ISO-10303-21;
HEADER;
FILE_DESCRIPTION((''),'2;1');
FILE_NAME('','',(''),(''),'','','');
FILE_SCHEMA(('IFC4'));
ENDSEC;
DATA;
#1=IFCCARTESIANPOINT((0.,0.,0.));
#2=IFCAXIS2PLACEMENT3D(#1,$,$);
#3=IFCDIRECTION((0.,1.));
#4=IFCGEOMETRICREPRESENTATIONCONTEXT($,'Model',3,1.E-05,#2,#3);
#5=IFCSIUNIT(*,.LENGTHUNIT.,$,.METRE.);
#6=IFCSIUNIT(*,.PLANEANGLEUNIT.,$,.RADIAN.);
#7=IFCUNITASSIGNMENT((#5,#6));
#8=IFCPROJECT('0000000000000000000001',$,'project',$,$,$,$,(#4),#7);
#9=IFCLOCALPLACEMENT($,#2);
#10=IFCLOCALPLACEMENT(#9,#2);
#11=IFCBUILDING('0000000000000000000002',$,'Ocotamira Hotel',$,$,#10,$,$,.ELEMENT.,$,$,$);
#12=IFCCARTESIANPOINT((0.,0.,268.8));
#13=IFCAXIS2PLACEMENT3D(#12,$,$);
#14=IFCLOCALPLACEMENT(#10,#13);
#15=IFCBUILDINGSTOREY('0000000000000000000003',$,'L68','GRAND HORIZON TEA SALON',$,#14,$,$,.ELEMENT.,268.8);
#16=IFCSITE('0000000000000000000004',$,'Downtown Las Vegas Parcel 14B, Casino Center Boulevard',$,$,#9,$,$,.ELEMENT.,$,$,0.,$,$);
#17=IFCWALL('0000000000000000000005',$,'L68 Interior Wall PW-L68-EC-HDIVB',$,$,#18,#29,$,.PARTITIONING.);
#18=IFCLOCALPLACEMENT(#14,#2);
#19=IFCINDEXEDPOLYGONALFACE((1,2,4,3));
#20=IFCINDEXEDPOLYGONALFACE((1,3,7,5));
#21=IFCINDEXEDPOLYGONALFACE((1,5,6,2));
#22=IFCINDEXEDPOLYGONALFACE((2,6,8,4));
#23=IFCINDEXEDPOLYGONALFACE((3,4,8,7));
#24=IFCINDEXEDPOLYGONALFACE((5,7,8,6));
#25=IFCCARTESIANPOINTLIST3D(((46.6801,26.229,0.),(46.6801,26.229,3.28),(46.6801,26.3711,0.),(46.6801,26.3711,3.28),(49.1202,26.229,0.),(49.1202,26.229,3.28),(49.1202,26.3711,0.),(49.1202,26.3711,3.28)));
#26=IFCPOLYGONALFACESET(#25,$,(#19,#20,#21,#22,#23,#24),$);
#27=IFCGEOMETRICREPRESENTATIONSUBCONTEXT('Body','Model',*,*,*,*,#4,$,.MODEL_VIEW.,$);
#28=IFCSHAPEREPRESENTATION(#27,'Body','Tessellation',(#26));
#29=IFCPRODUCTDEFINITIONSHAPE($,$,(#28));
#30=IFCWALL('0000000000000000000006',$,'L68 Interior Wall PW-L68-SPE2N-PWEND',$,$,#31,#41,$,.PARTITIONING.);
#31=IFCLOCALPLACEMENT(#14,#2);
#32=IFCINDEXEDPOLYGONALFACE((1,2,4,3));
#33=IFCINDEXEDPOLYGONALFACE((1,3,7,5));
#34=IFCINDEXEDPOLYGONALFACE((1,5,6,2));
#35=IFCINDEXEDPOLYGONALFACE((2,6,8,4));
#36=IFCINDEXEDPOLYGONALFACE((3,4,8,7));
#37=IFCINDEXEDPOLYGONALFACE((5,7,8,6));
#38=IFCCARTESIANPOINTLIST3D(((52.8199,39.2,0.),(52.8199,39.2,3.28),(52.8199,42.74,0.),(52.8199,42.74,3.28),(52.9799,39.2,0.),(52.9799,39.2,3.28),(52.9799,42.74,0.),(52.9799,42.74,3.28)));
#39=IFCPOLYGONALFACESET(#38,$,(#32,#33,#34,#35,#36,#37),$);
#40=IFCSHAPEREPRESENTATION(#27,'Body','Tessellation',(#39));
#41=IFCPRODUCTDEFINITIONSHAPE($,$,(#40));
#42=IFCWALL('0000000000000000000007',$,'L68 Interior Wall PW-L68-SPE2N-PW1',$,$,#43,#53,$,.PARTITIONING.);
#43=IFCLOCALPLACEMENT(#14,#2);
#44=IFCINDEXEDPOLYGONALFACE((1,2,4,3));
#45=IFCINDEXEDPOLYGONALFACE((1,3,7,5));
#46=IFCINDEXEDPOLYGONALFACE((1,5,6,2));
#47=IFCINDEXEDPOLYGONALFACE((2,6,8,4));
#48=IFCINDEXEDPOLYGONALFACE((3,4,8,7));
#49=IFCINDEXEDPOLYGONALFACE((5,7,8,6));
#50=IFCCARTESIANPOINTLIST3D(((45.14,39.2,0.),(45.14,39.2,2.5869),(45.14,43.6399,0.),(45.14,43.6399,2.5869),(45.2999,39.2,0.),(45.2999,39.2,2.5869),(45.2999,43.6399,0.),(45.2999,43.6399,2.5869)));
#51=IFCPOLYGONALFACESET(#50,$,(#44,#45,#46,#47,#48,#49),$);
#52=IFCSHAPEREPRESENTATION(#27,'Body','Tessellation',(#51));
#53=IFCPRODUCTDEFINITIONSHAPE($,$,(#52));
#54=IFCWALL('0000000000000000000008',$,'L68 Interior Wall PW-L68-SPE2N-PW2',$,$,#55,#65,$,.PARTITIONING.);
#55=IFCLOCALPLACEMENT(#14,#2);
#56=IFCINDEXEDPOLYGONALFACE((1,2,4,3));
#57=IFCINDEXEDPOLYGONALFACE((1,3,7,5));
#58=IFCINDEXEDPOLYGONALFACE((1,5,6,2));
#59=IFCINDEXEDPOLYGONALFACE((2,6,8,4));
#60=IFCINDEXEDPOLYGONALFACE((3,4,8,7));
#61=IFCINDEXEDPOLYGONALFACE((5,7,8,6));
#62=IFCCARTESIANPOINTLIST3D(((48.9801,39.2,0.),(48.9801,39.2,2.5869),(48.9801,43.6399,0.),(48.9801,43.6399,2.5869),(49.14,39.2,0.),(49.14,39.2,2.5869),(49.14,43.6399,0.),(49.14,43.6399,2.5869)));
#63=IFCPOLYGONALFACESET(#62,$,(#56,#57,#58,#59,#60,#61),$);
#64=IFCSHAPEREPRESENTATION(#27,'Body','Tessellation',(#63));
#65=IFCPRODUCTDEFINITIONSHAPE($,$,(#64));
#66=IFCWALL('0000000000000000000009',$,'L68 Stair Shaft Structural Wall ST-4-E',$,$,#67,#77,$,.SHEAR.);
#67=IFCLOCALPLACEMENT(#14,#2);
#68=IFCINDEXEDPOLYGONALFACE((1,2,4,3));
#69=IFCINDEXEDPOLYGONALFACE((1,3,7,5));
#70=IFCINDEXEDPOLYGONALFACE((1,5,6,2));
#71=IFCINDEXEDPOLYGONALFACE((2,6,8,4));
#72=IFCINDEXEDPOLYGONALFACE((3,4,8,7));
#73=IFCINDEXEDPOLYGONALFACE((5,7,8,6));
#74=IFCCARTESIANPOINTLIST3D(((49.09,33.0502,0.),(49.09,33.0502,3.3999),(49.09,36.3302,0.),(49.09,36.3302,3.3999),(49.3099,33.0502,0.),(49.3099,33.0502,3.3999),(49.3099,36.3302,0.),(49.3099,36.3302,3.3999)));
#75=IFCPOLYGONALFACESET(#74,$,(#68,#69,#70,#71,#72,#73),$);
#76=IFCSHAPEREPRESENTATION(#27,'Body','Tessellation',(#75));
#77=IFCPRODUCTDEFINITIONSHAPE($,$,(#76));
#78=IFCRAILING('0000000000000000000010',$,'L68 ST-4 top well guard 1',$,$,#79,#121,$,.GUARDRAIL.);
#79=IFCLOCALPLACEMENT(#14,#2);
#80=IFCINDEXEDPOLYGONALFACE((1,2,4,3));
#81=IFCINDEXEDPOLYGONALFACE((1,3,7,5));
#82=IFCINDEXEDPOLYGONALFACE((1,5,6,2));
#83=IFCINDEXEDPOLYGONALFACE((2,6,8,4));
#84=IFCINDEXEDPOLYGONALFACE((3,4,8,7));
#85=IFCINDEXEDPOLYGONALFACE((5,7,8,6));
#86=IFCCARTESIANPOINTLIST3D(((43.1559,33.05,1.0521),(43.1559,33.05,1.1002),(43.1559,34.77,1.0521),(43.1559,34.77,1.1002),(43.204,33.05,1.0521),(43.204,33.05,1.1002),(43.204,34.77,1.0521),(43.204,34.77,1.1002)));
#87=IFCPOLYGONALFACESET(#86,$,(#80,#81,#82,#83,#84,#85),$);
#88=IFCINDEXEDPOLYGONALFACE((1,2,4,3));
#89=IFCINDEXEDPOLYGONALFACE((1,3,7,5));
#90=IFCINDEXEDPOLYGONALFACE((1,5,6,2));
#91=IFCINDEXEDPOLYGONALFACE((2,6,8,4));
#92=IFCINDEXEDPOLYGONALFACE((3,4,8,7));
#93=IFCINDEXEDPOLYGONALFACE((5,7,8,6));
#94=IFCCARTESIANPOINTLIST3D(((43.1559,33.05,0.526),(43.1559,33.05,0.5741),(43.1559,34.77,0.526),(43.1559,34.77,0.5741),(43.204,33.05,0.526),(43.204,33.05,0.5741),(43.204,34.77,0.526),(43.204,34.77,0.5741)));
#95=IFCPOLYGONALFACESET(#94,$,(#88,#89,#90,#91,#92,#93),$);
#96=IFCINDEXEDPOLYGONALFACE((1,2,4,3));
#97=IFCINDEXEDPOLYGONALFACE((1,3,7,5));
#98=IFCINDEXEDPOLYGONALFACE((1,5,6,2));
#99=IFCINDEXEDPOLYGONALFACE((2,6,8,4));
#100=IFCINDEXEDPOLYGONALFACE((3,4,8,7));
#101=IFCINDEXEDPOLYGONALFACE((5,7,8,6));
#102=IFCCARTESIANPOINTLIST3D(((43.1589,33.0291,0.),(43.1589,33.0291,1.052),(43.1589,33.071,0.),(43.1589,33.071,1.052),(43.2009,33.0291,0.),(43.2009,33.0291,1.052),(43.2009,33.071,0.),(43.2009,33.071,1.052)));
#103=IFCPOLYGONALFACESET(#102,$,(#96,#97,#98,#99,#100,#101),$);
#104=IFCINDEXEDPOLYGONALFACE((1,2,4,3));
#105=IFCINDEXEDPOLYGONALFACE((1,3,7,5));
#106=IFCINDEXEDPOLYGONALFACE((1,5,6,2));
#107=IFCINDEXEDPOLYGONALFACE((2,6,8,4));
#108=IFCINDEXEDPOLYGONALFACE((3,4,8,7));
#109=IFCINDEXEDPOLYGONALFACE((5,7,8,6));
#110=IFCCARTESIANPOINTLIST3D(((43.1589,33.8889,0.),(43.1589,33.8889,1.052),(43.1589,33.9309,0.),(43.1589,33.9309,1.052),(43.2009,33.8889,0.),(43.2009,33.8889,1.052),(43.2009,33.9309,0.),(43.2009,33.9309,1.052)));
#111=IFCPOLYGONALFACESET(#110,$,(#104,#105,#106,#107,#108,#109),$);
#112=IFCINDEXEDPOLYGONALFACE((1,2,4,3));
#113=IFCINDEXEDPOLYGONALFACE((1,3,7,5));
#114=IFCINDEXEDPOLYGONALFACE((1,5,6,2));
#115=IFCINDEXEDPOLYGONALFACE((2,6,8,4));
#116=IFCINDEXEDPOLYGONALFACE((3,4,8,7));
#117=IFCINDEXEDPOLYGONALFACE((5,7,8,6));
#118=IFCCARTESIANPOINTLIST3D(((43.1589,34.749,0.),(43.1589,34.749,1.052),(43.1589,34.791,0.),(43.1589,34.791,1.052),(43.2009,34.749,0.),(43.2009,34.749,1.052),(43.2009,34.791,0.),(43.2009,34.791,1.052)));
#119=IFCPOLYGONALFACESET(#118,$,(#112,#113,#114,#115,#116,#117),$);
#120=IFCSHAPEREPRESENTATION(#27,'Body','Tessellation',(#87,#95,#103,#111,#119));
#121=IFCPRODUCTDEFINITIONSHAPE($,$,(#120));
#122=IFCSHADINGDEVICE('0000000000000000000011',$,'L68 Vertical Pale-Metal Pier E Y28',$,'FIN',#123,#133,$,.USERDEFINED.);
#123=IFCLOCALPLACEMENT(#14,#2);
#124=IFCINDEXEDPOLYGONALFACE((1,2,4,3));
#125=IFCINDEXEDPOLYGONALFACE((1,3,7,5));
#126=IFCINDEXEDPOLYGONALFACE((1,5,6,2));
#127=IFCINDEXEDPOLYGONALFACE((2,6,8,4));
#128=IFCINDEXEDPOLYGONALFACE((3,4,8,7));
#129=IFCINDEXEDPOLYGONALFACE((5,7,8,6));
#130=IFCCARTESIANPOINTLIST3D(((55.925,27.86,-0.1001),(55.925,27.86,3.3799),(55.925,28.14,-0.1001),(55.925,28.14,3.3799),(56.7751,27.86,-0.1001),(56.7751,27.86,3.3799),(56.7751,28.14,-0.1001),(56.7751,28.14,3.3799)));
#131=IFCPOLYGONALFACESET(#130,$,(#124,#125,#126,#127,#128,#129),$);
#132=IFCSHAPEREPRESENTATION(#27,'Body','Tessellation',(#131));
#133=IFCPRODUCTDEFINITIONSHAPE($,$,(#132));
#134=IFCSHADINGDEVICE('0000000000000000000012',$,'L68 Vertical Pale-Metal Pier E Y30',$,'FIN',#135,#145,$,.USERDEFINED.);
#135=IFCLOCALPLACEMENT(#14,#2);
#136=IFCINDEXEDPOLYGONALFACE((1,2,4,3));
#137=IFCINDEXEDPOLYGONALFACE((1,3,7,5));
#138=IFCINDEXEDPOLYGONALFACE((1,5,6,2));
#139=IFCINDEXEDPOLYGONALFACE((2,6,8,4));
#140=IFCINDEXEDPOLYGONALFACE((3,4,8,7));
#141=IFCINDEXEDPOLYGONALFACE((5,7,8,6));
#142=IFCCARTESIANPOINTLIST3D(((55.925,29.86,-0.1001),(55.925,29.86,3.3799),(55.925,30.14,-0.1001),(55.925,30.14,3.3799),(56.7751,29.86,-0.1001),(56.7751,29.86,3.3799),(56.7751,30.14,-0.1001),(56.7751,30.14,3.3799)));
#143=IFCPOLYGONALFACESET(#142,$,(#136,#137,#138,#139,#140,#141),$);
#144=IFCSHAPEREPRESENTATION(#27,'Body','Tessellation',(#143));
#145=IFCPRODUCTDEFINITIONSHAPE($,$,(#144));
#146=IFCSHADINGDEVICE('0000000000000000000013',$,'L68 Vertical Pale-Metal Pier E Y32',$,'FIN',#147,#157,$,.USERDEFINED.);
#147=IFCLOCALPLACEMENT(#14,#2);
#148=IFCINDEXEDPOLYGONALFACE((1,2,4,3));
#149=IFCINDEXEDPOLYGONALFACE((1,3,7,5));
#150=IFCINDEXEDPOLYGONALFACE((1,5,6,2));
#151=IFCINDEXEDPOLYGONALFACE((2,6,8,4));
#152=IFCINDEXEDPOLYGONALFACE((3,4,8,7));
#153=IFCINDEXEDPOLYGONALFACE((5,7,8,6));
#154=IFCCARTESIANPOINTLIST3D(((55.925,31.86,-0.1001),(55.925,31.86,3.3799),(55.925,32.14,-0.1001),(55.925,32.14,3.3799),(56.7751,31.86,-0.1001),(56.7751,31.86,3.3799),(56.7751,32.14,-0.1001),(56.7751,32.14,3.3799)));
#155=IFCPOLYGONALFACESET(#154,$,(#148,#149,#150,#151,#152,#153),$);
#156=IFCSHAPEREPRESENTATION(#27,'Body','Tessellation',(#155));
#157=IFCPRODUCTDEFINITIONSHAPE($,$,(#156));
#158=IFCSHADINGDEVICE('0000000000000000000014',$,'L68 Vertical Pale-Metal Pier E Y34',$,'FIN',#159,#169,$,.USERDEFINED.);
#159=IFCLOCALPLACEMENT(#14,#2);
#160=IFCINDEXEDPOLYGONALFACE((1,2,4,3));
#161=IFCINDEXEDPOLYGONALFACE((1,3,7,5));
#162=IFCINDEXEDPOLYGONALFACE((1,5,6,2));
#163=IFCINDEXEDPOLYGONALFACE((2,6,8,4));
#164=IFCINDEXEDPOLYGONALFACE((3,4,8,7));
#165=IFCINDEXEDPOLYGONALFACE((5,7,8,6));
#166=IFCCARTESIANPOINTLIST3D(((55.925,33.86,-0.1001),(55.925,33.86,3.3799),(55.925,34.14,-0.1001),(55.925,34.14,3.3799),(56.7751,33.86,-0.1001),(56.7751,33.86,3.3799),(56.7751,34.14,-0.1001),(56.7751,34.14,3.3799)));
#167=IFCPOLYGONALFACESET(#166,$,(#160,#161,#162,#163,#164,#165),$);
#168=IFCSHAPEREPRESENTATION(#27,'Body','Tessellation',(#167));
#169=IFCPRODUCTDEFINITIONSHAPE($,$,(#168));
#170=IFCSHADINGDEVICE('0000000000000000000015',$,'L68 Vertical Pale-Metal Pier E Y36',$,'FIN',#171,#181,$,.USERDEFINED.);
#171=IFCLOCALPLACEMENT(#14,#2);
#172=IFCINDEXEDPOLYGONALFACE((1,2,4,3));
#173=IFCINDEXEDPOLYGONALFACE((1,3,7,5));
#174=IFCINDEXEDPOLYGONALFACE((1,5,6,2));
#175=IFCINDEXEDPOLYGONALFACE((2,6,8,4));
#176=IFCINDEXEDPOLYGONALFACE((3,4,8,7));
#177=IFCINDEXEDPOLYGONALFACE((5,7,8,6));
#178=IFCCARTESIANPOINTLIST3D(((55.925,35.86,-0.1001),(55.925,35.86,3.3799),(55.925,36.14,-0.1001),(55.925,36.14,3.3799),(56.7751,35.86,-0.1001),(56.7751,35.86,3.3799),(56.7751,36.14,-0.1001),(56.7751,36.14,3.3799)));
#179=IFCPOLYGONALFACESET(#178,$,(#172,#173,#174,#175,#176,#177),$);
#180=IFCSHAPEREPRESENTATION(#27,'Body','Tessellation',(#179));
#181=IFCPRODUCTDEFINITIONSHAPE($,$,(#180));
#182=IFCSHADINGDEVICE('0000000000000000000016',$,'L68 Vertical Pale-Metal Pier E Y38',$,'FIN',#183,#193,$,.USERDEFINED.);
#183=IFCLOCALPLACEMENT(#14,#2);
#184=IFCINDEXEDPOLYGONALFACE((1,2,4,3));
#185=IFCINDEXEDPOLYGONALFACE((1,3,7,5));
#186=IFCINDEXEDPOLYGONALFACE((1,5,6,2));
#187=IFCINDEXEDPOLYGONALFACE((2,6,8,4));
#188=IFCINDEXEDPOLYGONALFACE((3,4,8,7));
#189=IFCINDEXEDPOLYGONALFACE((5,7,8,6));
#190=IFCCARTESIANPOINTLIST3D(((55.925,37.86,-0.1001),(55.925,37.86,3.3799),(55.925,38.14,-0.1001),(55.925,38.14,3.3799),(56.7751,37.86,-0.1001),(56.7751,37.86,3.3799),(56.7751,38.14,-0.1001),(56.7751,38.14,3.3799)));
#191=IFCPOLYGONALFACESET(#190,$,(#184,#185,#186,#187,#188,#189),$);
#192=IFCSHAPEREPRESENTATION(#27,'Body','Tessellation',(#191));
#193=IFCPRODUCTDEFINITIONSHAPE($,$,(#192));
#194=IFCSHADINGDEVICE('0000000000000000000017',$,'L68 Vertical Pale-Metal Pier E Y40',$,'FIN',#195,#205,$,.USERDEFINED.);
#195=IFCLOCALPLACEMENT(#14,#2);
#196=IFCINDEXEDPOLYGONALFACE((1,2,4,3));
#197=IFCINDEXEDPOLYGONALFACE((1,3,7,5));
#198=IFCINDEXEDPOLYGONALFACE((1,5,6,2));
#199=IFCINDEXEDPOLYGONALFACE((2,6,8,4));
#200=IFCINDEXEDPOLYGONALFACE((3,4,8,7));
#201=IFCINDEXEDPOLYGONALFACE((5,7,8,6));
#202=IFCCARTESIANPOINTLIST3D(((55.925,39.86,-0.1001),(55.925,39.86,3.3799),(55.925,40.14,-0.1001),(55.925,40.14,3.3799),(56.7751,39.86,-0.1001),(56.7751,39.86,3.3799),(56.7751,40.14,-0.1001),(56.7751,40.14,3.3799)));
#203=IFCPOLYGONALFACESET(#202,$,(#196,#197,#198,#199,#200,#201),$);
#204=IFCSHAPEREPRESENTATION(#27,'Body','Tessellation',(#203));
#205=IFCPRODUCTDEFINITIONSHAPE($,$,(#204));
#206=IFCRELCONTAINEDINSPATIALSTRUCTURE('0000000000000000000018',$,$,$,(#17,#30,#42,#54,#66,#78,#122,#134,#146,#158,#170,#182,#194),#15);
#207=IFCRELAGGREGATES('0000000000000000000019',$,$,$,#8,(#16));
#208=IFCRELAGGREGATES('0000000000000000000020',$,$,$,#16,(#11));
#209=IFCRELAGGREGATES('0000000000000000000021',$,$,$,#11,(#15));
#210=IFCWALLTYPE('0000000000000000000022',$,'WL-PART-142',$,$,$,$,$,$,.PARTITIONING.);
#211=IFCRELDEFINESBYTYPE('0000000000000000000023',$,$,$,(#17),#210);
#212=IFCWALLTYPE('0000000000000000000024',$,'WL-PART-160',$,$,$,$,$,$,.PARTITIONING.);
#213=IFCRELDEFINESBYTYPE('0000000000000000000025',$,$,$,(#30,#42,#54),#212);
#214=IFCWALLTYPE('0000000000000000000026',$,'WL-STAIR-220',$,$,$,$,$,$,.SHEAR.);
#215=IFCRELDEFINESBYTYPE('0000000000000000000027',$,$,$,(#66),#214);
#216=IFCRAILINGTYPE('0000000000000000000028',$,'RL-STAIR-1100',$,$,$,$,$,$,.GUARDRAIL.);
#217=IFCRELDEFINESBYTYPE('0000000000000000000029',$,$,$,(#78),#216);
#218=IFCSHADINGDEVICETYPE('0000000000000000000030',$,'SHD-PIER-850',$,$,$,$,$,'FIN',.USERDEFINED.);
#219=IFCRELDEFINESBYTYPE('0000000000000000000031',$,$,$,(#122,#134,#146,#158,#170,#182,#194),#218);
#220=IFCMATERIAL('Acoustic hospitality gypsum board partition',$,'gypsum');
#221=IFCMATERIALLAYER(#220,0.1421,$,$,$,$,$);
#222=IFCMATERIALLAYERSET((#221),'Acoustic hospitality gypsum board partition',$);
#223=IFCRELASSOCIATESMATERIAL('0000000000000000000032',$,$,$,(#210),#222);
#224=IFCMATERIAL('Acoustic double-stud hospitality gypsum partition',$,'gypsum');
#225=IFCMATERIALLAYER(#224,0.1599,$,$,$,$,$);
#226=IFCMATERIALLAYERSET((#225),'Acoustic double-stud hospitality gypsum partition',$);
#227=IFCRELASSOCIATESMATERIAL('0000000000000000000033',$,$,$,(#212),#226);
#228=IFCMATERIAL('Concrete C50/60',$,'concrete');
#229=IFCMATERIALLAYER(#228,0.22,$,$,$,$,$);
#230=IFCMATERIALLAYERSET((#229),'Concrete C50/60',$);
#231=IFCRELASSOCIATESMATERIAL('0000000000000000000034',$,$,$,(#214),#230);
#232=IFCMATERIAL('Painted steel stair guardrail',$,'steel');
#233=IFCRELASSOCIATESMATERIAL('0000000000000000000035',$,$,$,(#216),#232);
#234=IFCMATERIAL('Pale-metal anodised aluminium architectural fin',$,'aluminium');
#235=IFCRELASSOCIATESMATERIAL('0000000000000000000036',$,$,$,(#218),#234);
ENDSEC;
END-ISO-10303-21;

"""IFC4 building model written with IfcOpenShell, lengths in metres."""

from ifc_helpers import new_model, si_unit, direction, frame, frame_2d, origin, origin_2d, place, context, subcontext, project, spatial, rectangle, extrude, source, transform, mapped, material, layer, layer_set, type_object, element, save


model = new_model("IFC4")

# Units and contexts
model_context = context("Model", 3, precision=1e-05, world=origin(), true_north=direction((0.0, 1.0)))
body_context = subcontext(model_context, "Body", "Model", "MODEL_VIEW")
ifc_project = project(units=[si_unit("LENGTHUNIT", "METRE"), si_unit("PLANEANGLEUNIT", "RADIAN")], contexts=[model_context])

# Site, building, storey
site_placement = place(None, origin())
site = spatial("IfcSite", under=ifc_project, at=site_placement, Name="Downtown Las Vegas Parcel 14B, Casino Center Boulevard", CompositionType="ELEMENT", RefElevation=0.0)
building_placement = place(site_placement, origin())
building = spatial("IfcBuilding", under=site, at=building_placement, Name="Ocotamira Hotel", CompositionType="ELEMENT")
storey_placement = place(building_placement, frame((0.0, 0.0, 268.8)))
storey = spatial("IfcBuildingStorey", under=building, at=storey_placement, Name="L68", Description="GRAND HORIZON TEA SALON", CompositionType="ELEMENT", Elevation=268.8)

# Wall
ifc_material_1 = material(Name="Acoustic hospitality gypsum board partition", Category="gypsum")
ifc_layer_1 = layer(ifc_material_1, 0.1421)
ifc_layer_set_1 = layer_set([ifc_layer_1], Name="Acoustic hospitality gypsum board partition")
wall_type_1 = type_object("IfcWallType", Name="WL-PART-142", PredefinedType="PARTITIONING", material=ifc_layer_set_1)
wall_1_placement = place(storey_placement, frame((46.6799, 26.3, 0.0), z_axis=(0.0, 0.0, 1.0), x_axis=(1.0, 0.0, 0.0)))
element("IfcWall", 1, at=wall_1_placement, inside=storey, type_object=wall_type_1, Name="L68 Interior Wall PW-L68-EC-HDIVB", PredefinedType="PARTITIONING", context=body_context, shape_type="SweptSolid", body=[
    extrude(rectangle(XDim=2.4402, YDim=0.1421, at=frame_2d((1.2202, 0.0))), origin(), (0.0, 0.0, 1.0), 3.28),
])

# Walls
ifc_material_2 = material(Name="Acoustic double-stud hospitality gypsum partition", Category="gypsum")
ifc_layer_2 = layer(ifc_material_2, 0.1599)
ifc_layer_set_2 = layer_set([ifc_layer_2], Name="Acoustic double-stud hospitality gypsum partition")
wall_type_2 = type_object("IfcWallType", Name="WL-PART-160", PredefinedType="PARTITIONING", material=ifc_layer_set_2)
wall_2_placement = place(storey_placement, frame((52.8999, 39.2, 0.0), z_axis=(0.0, 0.0, 1.0), x_axis=(0.0, 1.0, 0.0)))
element("IfcWall", 2, at=wall_2_placement, inside=storey, type_object=wall_type_2, Name="L68 Interior Wall PW-L68-SPE2N-PWEND", PredefinedType="PARTITIONING", context=body_context, shape_type="SweptSolid", body=[
    extrude(rectangle(XDim=3.54, YDim=0.1599, at=frame_2d((1.77, 0.0))), origin(), (0.0, 0.0, 1.0), 3.28),
])
for number, where, z_axis, x_axis, name in (
    (3, (45.22, 39.2, 0.0), (0.0, 0.0, 1.0), (0.0, 1.0, 0.0), "L68 Interior Wall PW-L68-SPE2N-PW1"),
    (4, (49.0601, 39.2, 0.0), (0.0, 0.0, 1.0), (0.0, 1.0, 0.0), "L68 Interior Wall PW-L68-SPE2N-PW2"),
):
    element("IfcWall", number, at=place(storey_placement, frame(where, z_axis=z_axis, x_axis=x_axis)), inside=storey, type_object=wall_type_2, Name=name, PredefinedType="PARTITIONING", context=body_context, shape_type="SweptSolid", body=[
        extrude(rectangle(XDim=4.4399, YDim=0.1599, at=frame_2d((2.22, 0.0))), origin(), (0.0, 0.0, 1.0), 2.5869),
    ])
ifc_material_3 = material(Name="Concrete C50/60", Category="concrete")
ifc_layer_3 = layer(ifc_material_3, 0.22)
ifc_layer_set_3 = layer_set([ifc_layer_3], Name="Concrete C50/60")
wall_type_3 = type_object("IfcWallType", Name="WL-STAIR-220", PredefinedType="SHEAR", material=ifc_layer_set_3)
wall_3_placement = place(storey_placement, frame((49.2, 33.05, 0.0), z_axis=(0.0, 0.0, 1.0), x_axis=(0.0, 1.0, 0.0)))
element("IfcWall", 5, at=wall_3_placement, inside=storey, type_object=wall_type_3, Name="L68 Stair Shaft Structural Wall ST-4-E", PredefinedType="SHEAR", context=body_context, shape_type="SweptSolid", body=[
    extrude(rectangle(XDim=3.28, YDim=0.22, at=frame_2d((1.6401, 0.0))), origin(), (0.0, 0.0, 1.0), 3.3999),
])

# Railing
ifc_material_4 = material(Name="Painted steel stair guardrail", Category="steel")
railing_type = type_object("IfcRailingType", Name="RL-STAIR-1100", PredefinedType="GUARDRAIL", material=ifc_material_4)
railing_placement = place(storey_placement, frame((43.1799, 33.05, 0.0)))
element("IfcRailing", 6, at=railing_placement, inside=storey, type_object=railing_type, Name="L68 ST-4 top well guard 1", PredefinedType="GUARDRAIL", context=body_context, shape_type="SweptSolid", body=[
    extrude(rectangle(XDim=0.0481, YDim=0.0481, at=origin_2d()), frame((0.0, 0.0, 1.0762), z_axis=(0.0, 1.0, 0.0), x_axis=(-1.0, 0.0, 0.0)), (0.0, 0.0, 1.0), 1.72),
    extrude(rectangle(XDim=0.0481, YDim=0.0481, at=origin_2d()), frame((0.0, 0.0, 0.55), z_axis=(0.0, 1.0, 0.0), x_axis=(-1.0, 0.0, 0.0)), (0.0, 0.0, 1.0), 1.72),
    extrude(rectangle(XDim=0.042, YDim=0.042, at=origin_2d()), origin(), (0.0, 0.0, 1.0), 1.052),
    extrude(rectangle(XDim=0.042, YDim=0.042, at=origin_2d()), frame((0.0, 0.8599, 0.0)), (0.0, 0.0, 1.0), 1.052),
    extrude(rectangle(XDim=0.042, YDim=0.042, at=origin_2d()), frame((0.0, 1.72, 0.0)), (0.0, 0.0, 1.0), 1.052),
])

# Shading devices
ifc_material_5 = material(Name="Pale-metal anodised aluminium architectural fin", Category="aluminium")
shading_device_type = type_object("IfcShadingDeviceType", Name="SHD-PIER-850", ElementType="FIN", PredefinedType="USERDEFINED", material=ifc_material_5)
shared_shape_1 = source(origin(), body_context, "Body", "SweptSolid", [
    extrude(rectangle(XDim=0.8501, YDim=0.28, at=origin_2d()), origin(), (0.0, 0.0, 1.0), 3.48),
])
for number, where, z_axis, x_axis, name in (
    (7, (56.3501, 28.0, -0.1001), (0.0, 0.0, 1.0), (1.0, 0.0, 0.0), "L68 Vertical Pale-Metal Pier E Y28"),
    (8, (56.3501, 30.0, -0.1001), (0.0, 0.0, 1.0), (1.0, 0.0, 0.0), "L68 Vertical Pale-Metal Pier E Y30"),
    (9, (56.3501, 32.0, -0.1001), (0.0, 0.0, 1.0), (1.0, 0.0, 0.0), "L68 Vertical Pale-Metal Pier E Y32"),
    (10, (56.3501, 34.0, -0.1001), (0.0, 0.0, 1.0), (1.0, 0.0, 0.0), "L68 Vertical Pale-Metal Pier E Y34"),
    (11, (56.3501, 36.0, -0.1001), (0.0, 0.0, 1.0), (1.0, 0.0, 0.0), "L68 Vertical Pale-Metal Pier E Y36"),
    (12, (56.3501, 38.0, -0.1001), (0.0, 0.0, 1.0), (1.0, 0.0, 0.0), "L68 Vertical Pale-Metal Pier E Y38"),
    (13, (56.3501, 40.0, -0.1001), (0.0, 0.0, 1.0), (1.0, 0.0, 0.0), "L68 Vertical Pale-Metal Pier E Y40"),
):
    element("IfcShadingDevice", number, at=place(storey_placement, frame(where, z_axis=z_axis, x_axis=x_axis)), inside=storey, type_object=shading_device_type, Name=name, ObjectType="FIN", PredefinedType="USERDEFINED", context=body_context, shape_type="MappedRepresentation", body=[
        mapped(shared_shape_1, transform((0.0, 0.0, 0.0), scale=1.0)),
    ])

save(model, "model.ifc")
